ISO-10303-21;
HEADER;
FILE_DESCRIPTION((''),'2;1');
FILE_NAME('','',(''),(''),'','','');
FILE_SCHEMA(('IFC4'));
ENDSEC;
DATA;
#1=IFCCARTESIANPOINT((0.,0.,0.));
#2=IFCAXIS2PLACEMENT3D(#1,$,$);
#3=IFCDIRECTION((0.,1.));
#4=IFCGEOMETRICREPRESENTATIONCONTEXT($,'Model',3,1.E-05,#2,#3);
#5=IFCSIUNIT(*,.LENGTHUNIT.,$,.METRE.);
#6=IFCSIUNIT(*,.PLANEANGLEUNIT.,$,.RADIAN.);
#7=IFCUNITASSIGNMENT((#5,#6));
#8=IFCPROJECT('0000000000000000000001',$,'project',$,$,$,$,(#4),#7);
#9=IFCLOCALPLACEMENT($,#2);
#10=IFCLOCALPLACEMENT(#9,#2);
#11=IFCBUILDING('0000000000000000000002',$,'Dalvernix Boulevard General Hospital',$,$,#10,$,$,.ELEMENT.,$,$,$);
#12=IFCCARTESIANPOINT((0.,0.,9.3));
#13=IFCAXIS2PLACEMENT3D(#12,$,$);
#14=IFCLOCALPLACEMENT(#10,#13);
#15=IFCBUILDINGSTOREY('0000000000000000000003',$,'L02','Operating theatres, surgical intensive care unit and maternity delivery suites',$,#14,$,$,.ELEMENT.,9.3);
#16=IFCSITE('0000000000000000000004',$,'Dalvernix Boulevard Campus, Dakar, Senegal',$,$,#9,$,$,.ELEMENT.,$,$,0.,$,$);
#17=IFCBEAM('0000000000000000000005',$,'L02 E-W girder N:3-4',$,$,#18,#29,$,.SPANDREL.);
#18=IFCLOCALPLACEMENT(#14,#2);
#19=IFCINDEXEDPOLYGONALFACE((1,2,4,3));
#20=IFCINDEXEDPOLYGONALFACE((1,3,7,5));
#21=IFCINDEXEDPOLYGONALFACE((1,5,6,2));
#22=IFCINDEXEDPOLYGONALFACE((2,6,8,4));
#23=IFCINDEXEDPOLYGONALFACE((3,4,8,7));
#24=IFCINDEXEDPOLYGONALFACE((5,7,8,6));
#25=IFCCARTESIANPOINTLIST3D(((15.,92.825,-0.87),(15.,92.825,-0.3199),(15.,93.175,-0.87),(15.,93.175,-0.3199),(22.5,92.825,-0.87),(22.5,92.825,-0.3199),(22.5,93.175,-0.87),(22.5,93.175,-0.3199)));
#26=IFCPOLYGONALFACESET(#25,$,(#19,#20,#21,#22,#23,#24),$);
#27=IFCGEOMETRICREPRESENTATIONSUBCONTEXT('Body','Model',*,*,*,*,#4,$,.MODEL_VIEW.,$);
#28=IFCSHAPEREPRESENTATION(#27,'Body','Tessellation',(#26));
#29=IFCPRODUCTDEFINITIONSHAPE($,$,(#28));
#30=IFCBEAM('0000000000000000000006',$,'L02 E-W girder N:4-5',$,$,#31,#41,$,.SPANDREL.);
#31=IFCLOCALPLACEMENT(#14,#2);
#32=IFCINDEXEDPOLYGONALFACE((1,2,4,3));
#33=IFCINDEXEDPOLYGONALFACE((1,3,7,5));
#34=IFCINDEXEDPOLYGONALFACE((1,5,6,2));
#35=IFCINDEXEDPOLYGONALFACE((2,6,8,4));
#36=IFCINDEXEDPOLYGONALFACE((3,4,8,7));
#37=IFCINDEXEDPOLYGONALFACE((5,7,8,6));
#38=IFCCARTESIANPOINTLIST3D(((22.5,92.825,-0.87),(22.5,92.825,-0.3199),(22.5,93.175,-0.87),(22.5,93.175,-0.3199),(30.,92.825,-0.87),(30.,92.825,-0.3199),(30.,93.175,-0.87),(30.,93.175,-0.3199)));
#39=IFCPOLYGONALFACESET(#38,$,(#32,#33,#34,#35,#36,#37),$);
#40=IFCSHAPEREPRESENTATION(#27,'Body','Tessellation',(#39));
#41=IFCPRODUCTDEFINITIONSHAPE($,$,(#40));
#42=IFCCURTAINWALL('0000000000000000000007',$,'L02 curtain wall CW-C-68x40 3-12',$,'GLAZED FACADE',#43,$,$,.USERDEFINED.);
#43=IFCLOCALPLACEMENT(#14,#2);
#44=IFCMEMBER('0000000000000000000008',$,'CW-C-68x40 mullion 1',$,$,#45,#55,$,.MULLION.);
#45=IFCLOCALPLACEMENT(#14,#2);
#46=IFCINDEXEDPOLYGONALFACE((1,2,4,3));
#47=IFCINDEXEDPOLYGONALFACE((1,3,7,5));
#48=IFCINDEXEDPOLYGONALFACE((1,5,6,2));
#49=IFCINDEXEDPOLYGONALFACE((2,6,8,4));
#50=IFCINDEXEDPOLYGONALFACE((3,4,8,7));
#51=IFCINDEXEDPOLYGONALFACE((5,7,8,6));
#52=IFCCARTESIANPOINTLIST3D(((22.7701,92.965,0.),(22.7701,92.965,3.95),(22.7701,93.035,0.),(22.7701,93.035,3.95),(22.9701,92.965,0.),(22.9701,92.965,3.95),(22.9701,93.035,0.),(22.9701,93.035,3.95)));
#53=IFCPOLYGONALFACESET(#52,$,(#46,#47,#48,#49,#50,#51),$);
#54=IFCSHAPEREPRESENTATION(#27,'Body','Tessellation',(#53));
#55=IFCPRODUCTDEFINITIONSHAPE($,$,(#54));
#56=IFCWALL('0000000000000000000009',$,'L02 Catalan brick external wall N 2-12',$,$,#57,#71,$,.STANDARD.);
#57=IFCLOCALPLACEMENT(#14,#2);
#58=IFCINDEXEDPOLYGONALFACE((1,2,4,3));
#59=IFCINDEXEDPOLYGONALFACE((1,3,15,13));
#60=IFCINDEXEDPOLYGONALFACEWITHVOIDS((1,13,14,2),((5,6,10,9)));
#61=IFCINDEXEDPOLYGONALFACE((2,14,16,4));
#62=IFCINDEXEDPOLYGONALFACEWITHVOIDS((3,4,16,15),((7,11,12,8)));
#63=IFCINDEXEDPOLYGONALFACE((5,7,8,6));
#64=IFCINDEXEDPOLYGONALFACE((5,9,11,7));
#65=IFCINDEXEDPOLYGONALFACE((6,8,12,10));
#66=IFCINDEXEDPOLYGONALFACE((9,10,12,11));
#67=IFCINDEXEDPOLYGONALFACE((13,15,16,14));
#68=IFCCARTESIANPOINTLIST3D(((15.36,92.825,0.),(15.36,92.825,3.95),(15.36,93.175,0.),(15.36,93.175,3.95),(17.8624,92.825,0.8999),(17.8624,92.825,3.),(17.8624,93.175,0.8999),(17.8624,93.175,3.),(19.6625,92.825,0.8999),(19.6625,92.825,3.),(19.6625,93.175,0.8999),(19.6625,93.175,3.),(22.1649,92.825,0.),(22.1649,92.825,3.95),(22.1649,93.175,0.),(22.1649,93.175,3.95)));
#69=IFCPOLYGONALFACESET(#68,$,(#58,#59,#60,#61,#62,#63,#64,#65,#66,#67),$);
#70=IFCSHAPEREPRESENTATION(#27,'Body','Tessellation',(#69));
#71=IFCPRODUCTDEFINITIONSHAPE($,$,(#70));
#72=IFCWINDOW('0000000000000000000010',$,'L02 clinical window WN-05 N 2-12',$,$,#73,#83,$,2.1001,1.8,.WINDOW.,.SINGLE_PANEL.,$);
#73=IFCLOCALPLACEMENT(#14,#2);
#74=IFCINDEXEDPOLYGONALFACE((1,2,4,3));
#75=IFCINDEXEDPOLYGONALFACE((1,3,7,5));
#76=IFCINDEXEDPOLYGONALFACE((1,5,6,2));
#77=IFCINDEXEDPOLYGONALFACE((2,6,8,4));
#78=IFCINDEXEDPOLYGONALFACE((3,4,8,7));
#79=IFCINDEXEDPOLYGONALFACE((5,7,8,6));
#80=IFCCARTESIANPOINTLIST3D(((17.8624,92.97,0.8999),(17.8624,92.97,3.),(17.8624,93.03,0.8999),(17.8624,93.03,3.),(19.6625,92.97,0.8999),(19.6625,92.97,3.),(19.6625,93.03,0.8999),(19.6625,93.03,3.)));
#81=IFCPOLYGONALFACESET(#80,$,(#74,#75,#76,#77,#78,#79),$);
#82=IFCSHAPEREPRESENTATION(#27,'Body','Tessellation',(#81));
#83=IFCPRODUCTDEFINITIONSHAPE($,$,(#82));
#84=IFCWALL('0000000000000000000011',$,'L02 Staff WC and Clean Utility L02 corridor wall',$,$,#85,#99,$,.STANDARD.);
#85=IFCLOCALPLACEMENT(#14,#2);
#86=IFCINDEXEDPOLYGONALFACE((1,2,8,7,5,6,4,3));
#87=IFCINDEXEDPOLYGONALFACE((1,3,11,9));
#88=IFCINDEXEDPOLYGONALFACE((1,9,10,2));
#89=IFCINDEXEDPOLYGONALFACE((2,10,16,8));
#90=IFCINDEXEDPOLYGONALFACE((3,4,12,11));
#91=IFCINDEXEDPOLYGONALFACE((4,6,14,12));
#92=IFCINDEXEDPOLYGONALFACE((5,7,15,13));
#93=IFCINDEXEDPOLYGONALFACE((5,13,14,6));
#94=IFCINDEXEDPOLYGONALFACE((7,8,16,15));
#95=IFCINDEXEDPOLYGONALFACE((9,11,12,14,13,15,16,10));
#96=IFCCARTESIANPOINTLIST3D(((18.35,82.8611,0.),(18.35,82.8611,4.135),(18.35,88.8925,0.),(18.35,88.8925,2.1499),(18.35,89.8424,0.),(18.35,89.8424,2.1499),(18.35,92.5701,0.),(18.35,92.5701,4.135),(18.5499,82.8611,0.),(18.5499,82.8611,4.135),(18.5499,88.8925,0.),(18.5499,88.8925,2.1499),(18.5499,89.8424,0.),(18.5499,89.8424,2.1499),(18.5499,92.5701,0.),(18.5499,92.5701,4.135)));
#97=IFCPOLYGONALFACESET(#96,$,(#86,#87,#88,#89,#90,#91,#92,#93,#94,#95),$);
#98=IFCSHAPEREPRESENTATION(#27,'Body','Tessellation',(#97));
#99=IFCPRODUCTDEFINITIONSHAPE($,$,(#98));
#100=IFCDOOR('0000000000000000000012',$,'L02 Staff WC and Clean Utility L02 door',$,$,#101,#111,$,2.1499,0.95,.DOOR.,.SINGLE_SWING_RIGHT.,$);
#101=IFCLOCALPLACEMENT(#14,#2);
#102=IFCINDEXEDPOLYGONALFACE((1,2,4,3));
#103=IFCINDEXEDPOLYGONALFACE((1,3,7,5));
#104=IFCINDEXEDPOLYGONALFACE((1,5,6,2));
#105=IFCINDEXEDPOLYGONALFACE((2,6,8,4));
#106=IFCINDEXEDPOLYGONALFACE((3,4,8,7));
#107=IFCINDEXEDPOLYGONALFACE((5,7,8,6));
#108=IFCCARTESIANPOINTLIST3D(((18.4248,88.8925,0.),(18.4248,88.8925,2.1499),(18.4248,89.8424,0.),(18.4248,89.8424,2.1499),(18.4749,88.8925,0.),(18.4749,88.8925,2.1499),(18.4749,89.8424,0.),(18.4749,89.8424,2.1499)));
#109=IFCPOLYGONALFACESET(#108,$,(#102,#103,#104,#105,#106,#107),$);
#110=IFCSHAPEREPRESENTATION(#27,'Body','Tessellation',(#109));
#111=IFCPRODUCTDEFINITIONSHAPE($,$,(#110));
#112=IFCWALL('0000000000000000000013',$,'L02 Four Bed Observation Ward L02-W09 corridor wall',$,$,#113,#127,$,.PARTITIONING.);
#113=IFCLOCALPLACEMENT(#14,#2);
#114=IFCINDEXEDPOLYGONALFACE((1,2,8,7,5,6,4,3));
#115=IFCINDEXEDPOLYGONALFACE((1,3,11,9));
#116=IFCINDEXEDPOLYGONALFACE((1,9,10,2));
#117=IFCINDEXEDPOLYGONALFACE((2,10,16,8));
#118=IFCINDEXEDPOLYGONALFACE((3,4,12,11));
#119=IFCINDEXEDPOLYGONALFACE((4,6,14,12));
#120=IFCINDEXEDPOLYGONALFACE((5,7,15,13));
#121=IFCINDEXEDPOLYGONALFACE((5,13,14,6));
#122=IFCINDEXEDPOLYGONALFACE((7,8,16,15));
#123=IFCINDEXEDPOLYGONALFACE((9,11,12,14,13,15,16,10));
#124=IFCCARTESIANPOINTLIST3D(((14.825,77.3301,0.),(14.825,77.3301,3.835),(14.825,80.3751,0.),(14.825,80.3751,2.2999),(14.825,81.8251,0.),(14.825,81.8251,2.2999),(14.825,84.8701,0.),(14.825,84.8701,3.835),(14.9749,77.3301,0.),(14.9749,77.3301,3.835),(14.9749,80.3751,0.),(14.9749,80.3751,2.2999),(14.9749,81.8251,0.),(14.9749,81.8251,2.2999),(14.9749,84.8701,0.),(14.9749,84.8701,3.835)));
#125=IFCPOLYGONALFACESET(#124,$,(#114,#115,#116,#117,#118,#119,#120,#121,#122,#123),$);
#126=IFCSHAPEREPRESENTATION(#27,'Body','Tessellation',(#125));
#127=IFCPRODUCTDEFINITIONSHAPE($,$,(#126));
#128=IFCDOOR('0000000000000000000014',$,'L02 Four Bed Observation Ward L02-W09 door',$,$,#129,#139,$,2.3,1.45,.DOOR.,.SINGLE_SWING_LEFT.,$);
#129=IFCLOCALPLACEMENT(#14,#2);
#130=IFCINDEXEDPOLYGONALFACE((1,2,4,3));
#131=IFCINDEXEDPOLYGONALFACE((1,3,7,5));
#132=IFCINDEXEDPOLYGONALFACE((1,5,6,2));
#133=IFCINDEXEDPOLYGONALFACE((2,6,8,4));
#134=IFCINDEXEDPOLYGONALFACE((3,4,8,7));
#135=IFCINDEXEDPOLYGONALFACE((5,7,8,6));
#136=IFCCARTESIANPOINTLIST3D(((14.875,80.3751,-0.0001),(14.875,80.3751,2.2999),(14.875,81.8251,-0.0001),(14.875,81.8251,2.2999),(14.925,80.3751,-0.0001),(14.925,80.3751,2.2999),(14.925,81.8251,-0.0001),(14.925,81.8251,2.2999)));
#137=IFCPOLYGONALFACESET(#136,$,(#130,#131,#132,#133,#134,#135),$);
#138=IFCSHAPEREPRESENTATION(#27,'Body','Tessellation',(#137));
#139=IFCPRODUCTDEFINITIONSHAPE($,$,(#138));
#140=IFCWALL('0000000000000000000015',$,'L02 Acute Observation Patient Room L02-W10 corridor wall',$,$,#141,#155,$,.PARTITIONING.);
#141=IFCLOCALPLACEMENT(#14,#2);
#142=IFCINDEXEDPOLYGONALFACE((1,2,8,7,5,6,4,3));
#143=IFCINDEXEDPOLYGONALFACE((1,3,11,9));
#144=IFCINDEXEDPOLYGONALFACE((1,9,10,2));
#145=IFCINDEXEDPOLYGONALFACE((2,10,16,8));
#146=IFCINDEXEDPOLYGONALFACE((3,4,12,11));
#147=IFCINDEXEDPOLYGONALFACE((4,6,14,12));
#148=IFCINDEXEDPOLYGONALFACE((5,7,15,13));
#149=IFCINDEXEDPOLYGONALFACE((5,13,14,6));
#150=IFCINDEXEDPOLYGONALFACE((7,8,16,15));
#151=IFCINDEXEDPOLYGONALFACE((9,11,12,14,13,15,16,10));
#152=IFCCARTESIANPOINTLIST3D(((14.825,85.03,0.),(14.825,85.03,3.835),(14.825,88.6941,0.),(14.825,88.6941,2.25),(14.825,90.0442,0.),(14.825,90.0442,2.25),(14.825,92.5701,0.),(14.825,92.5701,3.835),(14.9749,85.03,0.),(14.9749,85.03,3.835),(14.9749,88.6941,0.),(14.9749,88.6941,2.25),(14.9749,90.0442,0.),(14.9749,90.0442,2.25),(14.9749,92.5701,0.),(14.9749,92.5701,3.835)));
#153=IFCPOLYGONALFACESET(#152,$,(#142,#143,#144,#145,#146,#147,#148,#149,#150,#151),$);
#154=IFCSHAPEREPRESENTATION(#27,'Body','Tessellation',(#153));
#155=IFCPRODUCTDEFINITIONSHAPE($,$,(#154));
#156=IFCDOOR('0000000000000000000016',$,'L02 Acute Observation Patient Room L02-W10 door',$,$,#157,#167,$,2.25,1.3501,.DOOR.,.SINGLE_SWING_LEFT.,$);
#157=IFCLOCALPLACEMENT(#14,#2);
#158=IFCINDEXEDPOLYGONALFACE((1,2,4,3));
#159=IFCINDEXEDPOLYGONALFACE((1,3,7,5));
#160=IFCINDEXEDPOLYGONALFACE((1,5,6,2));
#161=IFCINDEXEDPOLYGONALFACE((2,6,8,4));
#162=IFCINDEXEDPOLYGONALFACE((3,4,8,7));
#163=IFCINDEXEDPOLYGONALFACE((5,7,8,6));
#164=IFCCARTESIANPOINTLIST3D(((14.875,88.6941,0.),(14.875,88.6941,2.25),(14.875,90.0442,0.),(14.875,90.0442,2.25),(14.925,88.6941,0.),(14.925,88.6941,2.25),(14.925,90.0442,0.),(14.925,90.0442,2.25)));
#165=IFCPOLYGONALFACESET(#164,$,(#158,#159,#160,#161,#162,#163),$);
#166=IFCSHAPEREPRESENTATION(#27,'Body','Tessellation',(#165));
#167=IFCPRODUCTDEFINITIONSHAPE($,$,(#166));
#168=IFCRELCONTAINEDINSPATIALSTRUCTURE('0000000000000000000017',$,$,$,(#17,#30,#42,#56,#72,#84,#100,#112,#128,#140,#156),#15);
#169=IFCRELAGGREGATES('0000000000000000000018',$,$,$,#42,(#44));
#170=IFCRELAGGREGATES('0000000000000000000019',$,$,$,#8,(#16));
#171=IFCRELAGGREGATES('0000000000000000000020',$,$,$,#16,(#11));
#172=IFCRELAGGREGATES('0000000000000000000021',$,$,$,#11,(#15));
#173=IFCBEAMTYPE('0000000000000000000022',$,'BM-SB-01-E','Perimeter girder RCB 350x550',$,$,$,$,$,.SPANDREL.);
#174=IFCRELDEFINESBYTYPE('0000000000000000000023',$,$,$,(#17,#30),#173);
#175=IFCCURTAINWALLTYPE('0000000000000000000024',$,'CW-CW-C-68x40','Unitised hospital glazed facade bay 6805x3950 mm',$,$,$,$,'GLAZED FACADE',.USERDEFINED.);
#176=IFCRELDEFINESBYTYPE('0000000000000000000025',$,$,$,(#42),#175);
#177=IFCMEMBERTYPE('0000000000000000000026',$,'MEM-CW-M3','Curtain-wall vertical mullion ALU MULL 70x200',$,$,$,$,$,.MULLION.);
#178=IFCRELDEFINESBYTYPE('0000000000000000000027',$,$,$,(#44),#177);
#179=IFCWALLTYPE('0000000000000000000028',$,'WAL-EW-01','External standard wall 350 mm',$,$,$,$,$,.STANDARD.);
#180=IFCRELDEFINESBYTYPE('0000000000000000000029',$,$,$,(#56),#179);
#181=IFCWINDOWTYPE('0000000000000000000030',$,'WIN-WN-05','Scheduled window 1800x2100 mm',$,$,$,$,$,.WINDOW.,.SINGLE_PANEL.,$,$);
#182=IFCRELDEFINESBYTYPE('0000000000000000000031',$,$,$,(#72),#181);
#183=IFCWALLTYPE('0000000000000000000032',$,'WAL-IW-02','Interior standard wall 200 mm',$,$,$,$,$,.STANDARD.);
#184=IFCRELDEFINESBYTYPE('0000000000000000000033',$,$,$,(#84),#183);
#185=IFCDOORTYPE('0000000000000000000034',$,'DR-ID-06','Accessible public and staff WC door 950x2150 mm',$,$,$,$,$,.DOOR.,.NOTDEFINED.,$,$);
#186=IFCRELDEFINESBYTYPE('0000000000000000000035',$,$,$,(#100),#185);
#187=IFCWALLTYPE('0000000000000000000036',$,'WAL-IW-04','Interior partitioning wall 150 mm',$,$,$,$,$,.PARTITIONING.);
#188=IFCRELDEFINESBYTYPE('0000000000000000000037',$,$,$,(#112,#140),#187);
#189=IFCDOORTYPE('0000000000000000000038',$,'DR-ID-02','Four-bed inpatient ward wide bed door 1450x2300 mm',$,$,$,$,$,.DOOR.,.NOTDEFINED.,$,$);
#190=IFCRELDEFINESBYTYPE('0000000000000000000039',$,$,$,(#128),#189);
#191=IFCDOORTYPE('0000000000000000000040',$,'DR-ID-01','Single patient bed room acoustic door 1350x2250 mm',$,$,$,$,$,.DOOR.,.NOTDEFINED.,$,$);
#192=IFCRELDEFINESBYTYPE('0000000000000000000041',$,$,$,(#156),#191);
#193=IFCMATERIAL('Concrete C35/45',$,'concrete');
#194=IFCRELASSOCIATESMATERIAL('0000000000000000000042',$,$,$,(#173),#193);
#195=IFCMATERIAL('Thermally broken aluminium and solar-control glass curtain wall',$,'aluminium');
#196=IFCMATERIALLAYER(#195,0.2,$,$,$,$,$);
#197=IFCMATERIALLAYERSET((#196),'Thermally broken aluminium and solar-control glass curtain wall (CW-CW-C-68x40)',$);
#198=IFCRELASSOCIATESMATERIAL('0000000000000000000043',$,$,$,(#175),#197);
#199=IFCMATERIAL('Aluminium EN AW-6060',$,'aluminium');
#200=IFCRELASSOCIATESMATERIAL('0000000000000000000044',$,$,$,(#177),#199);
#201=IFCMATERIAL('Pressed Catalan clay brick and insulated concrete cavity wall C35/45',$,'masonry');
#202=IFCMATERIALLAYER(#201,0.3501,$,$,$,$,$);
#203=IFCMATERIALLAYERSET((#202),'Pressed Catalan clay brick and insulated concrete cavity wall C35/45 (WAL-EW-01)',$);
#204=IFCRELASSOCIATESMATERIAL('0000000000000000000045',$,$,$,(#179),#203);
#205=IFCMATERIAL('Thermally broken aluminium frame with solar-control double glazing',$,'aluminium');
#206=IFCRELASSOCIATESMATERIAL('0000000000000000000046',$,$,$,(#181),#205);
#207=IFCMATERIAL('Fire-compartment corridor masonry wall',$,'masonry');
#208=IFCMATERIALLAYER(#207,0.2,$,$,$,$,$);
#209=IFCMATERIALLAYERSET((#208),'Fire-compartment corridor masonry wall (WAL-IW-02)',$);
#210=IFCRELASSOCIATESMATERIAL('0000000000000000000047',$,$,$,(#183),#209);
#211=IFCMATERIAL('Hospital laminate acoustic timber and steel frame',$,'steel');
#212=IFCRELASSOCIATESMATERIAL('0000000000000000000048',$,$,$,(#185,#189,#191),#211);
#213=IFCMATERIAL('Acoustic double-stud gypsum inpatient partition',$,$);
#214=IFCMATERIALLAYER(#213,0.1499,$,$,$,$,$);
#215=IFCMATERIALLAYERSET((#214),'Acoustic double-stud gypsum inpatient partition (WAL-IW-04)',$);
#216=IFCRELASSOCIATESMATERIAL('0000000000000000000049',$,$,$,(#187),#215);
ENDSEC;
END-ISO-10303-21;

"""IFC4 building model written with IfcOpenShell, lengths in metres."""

from ifc_helpers import new_model, si_unit, direction, frame, frame_2d, origin, origin_2d, place, context, subcontext, project, spatial, rectangle, extrude, material, layer, layer_set, material_profile, profile_set, type_object, element, fill, aggregate, save


model = new_model("IFC4")

# Units and contexts
model_context = context("Model", 3, precision=1e-05, world=origin(), true_north=direction((0.0, 1.0)))
body_context = subcontext(model_context, "Body", "Model", "MODEL_VIEW")
ifc_project = project(units=[si_unit("LENGTHUNIT", "METRE"), si_unit("PLANEANGLEUNIT", "RADIAN")], contexts=[model_context])

# Site, building, storey
site_placement = place(None, origin())
site = spatial("IfcSite", under=ifc_project, at=site_placement, Name="Dalvernix Boulevard Campus, Dakar, Senegal", CompositionType="ELEMENT", RefElevation=0.0)
building_placement = place(site_placement, origin())
building = spatial("IfcBuilding", under=site, at=building_placement, Name="Dalvernix Boulevard General Hospital", CompositionType="ELEMENT")
storey_placement = place(building_placement, frame((0.0, 0.0, 9.3)))
storey = spatial("IfcBuildingStorey", under=building, at=storey_placement, Name="L02", Description="Operating theatres, surgical intensive care unit and maternity delivery suites", CompositionType="ELEMENT", Elevation=9.3)

# Beams
ifc_material_1 = material(Name="Concrete C35/45", Category="concrete")
ifc_material_profile_1 = material_profile(ifc_material_1, rectangle(XDim=0.3501, YDim=0.55, at=origin_2d()), Name="RCB 350x550")
ifc_profile_set_1 = profile_set([ifc_material_profile_1], Name="Concrete C35/45")
beam_type_1 = type_object("IfcBeamType", Name="BM-SB-01-E", Description="Perimeter girder RCB 350x550", PredefinedType="SPANDREL", material=ifc_profile_set_1)
for number, where, z_axis, x_axis, name in (
    (1, (15.0, 93.0, -0.595), (1.0, 0.0, 0.0), (0.0, 1.0, 0.0), "L02 E-W girder N:3-4"),
    (2, (22.5, 93.0, -0.595), (1.0, 0.0, 0.0), (0.0, 1.0, 0.0), "L02 E-W girder N:4-5"),
):
    element("IfcBeam", number, at=place(storey_placement, frame(where, z_axis=z_axis, x_axis=x_axis)), inside=storey, type_object=beam_type_1, Name=name, PredefinedType="SPANDREL", context=body_context, shape_type="SweptSolid", body=[
        extrude(rectangle(XDim=0.3501, YDim=0.55, at=origin_2d()), origin(), (0.0, 0.0, 1.0), 7.5),
    ])

# Curtain wall, member
ifc_material_2 = material(Name="Thermally broken aluminium and solar-control glass curtain wall", Category="aluminium")
ifc_layer_1 = layer(ifc_material_2, 0.2)
ifc_layer_set_1 = layer_set([ifc_layer_1], Name="Thermally broken aluminium and solar-control glass curtain wall (CW-CW-C-68x40)")
curtain_wall_type = type_object("IfcCurtainWallType", Name="CW-CW-C-68x40", Description="Unitised hospital glazed facade bay 6805x3950 mm", ElementType="GLAZED FACADE", PredefinedType="USERDEFINED", material=ifc_layer_set_1)
curtain_wall_placement = place(storey_placement, origin())
curtain_wall = element("IfcCurtainWall", 3, at=curtain_wall_placement, inside=storey, type_object=curtain_wall_type, Name="L02 curtain wall CW-C-68x40 3-12", ObjectType="GLAZED FACADE", PredefinedType="USERDEFINED")
ifc_material_3 = material(Name="Aluminium EN AW-6060", Category="aluminium")
ifc_material_profile_2 = material_profile(ifc_material_3, rectangle(XDim=0.0701, YDim=0.2, at=origin_2d()), Name="ALU MULL 70x200")
ifc_profile_set_2 = profile_set([ifc_material_profile_2], Name="Aluminium EN AW-6060")
member_type = type_object("IfcMemberType", Name="MEM-CW-M3", Description="Curtain-wall vertical mullion ALU MULL 70x200", PredefinedType="MULLION", material=ifc_profile_set_2)
member_placement = place(storey_placement, frame((22.8701, 93.0, 0.0), z_axis=(0.0, 0.0, 1.0), x_axis=(0.0, 1.0, 0.0)))
member = element("IfcMember", 4, at=member_placement, type_object=member_type, Name="CW-C-68x40 mullion 1", PredefinedType="MULLION", context=body_context, shape_type="SweptSolid", body=[
    extrude(rectangle(XDim=0.0701, YDim=0.2, at=origin_2d()), origin(), (0.0, 0.0, 1.0), 3.95),
])
aggregate(curtain_wall, [member])

# Wall, opening, window
ifc_material_4 = material(Name="Pressed Catalan clay brick and insulated concrete cavity wall C35/45", Category="masonry")
ifc_layer_2 = layer(ifc_material_4, 0.3501)
ifc_layer_set_2 = layer_set([ifc_layer_2], Name="Pressed Catalan clay brick and insulated concrete cavity wall C35/45 (WAL-EW-01)")
wall_type_1 = type_object("IfcWallType", Name="WAL-EW-01", Description="External standard wall 350 mm", PredefinedType="STANDARD", material=ifc_layer_set_2)
wall_1_placement = place(storey_placement, frame((15.3601, 93.0, 0.0), z_axis=(0.0, 0.0, 1.0), x_axis=(1.0, 0.0, 0.0)))
wall_1 = element("IfcWall", 5, at=wall_1_placement, inside=storey, type_object=wall_type_1, Name="L02 Catalan brick external wall N 2-12", PredefinedType="STANDARD", context=body_context, shape_type="SweptSolid", body=[
    extrude(rectangle(XDim=6.8049, YDim=0.3501, at=frame_2d((3.4023, 0.0))), origin(), (0.0, 0.0, 1.0), 3.95),
])
opening_1_placement = place(wall_1_placement, frame((2.5024, 0.0, 0.8999)))
opening_1 = element("IfcOpeningElement", 6, at=opening_1_placement, cuts=wall_1, PredefinedType="OPENING", context=body_context, shape_type="SweptSolid", body=[
    extrude(rectangle(XDim=1.8, YDim=2.1001, at=frame_2d((0.8999, 1.05))), frame((0.0, 0.1851, 0.0), z_axis=(0.0, -1.0, 0.0), x_axis=(1.0, 0.0, 0.0)), (0.0, 0.0, 1.0), 0.3701),
])
ifc_material_5 = material(Name="Thermally broken aluminium frame with solar-control double glazing", Category="aluminium")
window_type = type_object("IfcWindowType", Name="WIN-WN-05", Description="Scheduled window 1800x2100 mm", PartitioningType="SINGLE_PANEL", PredefinedType="WINDOW", material=ifc_material_5)
window_placement = place(opening_1_placement, origin())
window = element("IfcWindow", 7, at=window_placement, inside=storey, type_object=window_type, Name="L02 clinical window WN-05 N 2-12", OverallHeight=2.1001, OverallWidth=1.8, PartitioningType="SINGLE_PANEL", PredefinedType="WINDOW", context=body_context, shape_type="SweptSolid", body=[
    extrude(rectangle(XDim=1.8, YDim=2.1001, at=frame_2d((0.8999, 1.05))), frame((0.0, 0.03, 0.0), z_axis=(0.0, -1.0, 0.0), x_axis=(1.0, 0.0, 0.0)), (0.0, 0.0, 1.0), 0.0601),
])
fill(opening_1, window)

# Walls, openings, doors
ifc_material_6 = material(Name="Fire-compartment corridor masonry wall", Category="masonry")
ifc_layer_3 = layer(ifc_material_6, 0.2)
ifc_layer_set_3 = layer_set([ifc_layer_3], Name="Fire-compartment corridor masonry wall (WAL-IW-02)")
wall_type_2 = type_object("IfcWallType", Name="WAL-IW-02", Description="Interior standard wall 200 mm", PredefinedType="STANDARD", material=ifc_layer_set_3)
wall_2_placement = place(storey_placement, frame((18.45, 92.5701, 0.0), z_axis=(0.0, 0.0, 1.0), x_axis=(0.0, -1.0, 0.0)))
wall_2 = element("IfcWall", 8, at=wall_2_placement, inside=storey, type_object=wall_type_2, Name="L02 Staff WC and Clean Utility L02 corridor wall", PredefinedType="STANDARD", context=body_context, shape_type="SweptSolid", body=[
    extrude(rectangle(XDim=9.709, YDim=0.2, at=frame_2d((4.8545, 0.0))), origin(), (0.0, 0.0, 1.0), 4.135),
])
opening_2_placement = place(wall_2_placement, frame((2.7275, 0.0, 0.0)))
opening_2 = element("IfcOpeningElement", 9, at=opening_2_placement, cuts=wall_2, PredefinedType="OPENING", context=body_context, shape_type="SweptSolid", body=[
    extrude(rectangle(XDim=0.95, YDim=2.1499, at=frame_2d((0.4751, 1.075))), frame((0.0, 0.1099, 0.0), z_axis=(0.0, -1.0, 0.0), x_axis=(1.0, 0.0, 0.0)), (0.0, 0.0, 1.0), 0.22),
])
ifc_material_7 = material(Name="Hospital laminate acoustic timber and steel frame", Category="steel")
door_type_1 = type_object("IfcDoorType", Name="DR-ID-06", Description="Accessible public and staff WC door 950x2150 mm", OperationType="NOTDEFINED", PredefinedType="DOOR", material=ifc_material_7)
door_1_placement = place(opening_2_placement, origin())
door_1 = element("IfcDoor", 10, at=door_1_placement, inside=storey, type_object=door_type_1, Name="L02 Staff WC and Clean Utility L02 door", OperationType="SINGLE_SWING_RIGHT", OverallHeight=2.1499, OverallWidth=0.95, PredefinedType="DOOR", context=body_context, shape_type="SweptSolid", body=[
    extrude(rectangle(XDim=0.95, YDim=2.1499, at=frame_2d((0.4751, 1.075))), frame((0.0, 0.0249, 0.0), z_axis=(0.0, -1.0, 0.0), x_axis=(1.0, 0.0, 0.0)), (0.0, 0.0, 1.0), 0.05),
])
fill(opening_2, door_1)
ifc_material_8 = material(Name="Acoustic double-stud gypsum inpatient partition")
ifc_layer_4 = layer(ifc_material_8, 0.1499)
ifc_layer_set_4 = layer_set([ifc_layer_4], Name="Acoustic double-stud gypsum inpatient partition (WAL-IW-04)")
wall_type_3 = type_object("IfcWallType", Name="WAL-IW-04", Description="Interior partitioning wall 150 mm", PredefinedType="PARTITIONING", material=ifc_layer_set_4)
wall_3_placement = place(storey_placement, frame((14.8999, 77.3301, 0.0), z_axis=(0.0, 0.0, 1.0), x_axis=(0.0, 1.0, 0.0)))
wall_3 = element("IfcWall", 11, at=wall_3_placement, inside=storey, type_object=wall_type_3, Name="L02 Four Bed Observation Ward L02-W09 corridor wall", PredefinedType="PARTITIONING", context=body_context, shape_type="SweptSolid", body=[
    extrude(rectangle(XDim=7.54, YDim=0.1499, at=frame_2d((3.77, 0.0))), origin(), (0.0, 0.0, 1.0), 3.835),
])
opening_3_placement = place(wall_3_placement, frame((3.0449, 0.0, 0.0)))
opening_3 = element("IfcOpeningElement", 12, at=opening_3_placement, cuts=wall_3, PredefinedType="OPENING", context=body_context, shape_type="SweptSolid", body=[
    extrude(rectangle(XDim=1.45, YDim=2.3, at=frame_2d((0.7251, 1.1499))), frame((0.0, 0.085, 0.0), z_axis=(0.0, -1.0, 0.0), x_axis=(1.0, 0.0, 0.0)), (0.0, 0.0, 1.0), 0.1699),
])
door_type_2 = type_object("IfcDoorType", Name="DR-ID-02", Description="Four-bed inpatient ward wide bed door 1450x2300 mm", OperationType="NOTDEFINED", PredefinedType="DOOR", material=ifc_material_7)
door_2_placement = place(opening_3_placement, origin())
door_2 = element("IfcDoor", 13, at=door_2_placement, inside=storey, type_object=door_type_2, Name="L02 Four Bed Observation Ward L02-W09 door", OperationType="SINGLE_SWING_LEFT", OverallHeight=2.3, OverallWidth=1.45, PredefinedType="DOOR", context=body_context, shape_type="SweptSolid", body=[
    extrude(rectangle(XDim=1.45, YDim=2.3, at=frame_2d((0.7251, 1.1499))), frame((0.0, 0.0249, 0.0), z_axis=(0.0, -1.0, 0.0), x_axis=(1.0, 0.0, 0.0)), (0.0, 0.0, 1.0), 0.05),
])
fill(opening_3, door_2)
wall_4_placement = place(storey_placement, frame((14.8999, 85.03, 0.0), z_axis=(0.0, 0.0, 1.0), x_axis=(0.0, 1.0, 0.0)))
wall_4 = element("IfcWall", 14, at=wall_4_placement, inside=storey, type_object=wall_type_3, Name="L02 Acute Observation Patient Room L02-W10 corridor wall", PredefinedType="PARTITIONING", context=body_context, shape_type="SweptSolid", body=[
    extrude(rectangle(XDim=7.54, YDim=0.1499, at=frame_2d((3.77, 0.0))), origin(), (0.0, 0.0, 1.0), 3.835),
])
opening_4_placement = place(wall_4_placement, frame((3.6641, 0.0, 0.0)))
opening_4 = element("IfcOpeningElement", 15, at=opening_4_placement, cuts=wall_4, PredefinedType="OPENING", context=body_context, shape_type="SweptSolid", body=[
    extrude(rectangle(XDim=1.3501, YDim=2.25, at=frame_2d((0.675, 1.125))), frame((0.0, 0.085, 0.0), z_axis=(0.0, -1.0, 0.0), x_axis=(1.0, 0.0, 0.0)), (0.0, 0.0, 1.0), 0.1699),
])
door_type_3 = type_object("IfcDoorType", Name="DR-ID-01", Description="Single patient bed room acoustic door 1350x2250 mm", OperationType="NOTDEFINED", PredefinedType="DOOR", material=ifc_material_7)
door_3_placement = place(opening_4_placement, origin())
door_3 = element("IfcDoor", 16, at=door_3_placement, inside=storey, type_object=door_type_3, Name="L02 Acute Observation Patient Room L02-W10 door", OperationType="SINGLE_SWING_LEFT", OverallHeight=2.25, OverallWidth=1.3501, PredefinedType="DOOR", context=body_context, shape_type="SweptSolid", body=[
    extrude(rectangle(XDim=1.3501, YDim=2.25, at=frame_2d((0.675, 1.125))), frame((0.0, 0.0249, 0.0), z_axis=(0.0, -1.0, 0.0), x_axis=(1.0, 0.0, 0.0)), (0.0, 0.0, 1.0), 0.05),
])
fill(opening_4, door_3)

save(model, "model.ifc")
